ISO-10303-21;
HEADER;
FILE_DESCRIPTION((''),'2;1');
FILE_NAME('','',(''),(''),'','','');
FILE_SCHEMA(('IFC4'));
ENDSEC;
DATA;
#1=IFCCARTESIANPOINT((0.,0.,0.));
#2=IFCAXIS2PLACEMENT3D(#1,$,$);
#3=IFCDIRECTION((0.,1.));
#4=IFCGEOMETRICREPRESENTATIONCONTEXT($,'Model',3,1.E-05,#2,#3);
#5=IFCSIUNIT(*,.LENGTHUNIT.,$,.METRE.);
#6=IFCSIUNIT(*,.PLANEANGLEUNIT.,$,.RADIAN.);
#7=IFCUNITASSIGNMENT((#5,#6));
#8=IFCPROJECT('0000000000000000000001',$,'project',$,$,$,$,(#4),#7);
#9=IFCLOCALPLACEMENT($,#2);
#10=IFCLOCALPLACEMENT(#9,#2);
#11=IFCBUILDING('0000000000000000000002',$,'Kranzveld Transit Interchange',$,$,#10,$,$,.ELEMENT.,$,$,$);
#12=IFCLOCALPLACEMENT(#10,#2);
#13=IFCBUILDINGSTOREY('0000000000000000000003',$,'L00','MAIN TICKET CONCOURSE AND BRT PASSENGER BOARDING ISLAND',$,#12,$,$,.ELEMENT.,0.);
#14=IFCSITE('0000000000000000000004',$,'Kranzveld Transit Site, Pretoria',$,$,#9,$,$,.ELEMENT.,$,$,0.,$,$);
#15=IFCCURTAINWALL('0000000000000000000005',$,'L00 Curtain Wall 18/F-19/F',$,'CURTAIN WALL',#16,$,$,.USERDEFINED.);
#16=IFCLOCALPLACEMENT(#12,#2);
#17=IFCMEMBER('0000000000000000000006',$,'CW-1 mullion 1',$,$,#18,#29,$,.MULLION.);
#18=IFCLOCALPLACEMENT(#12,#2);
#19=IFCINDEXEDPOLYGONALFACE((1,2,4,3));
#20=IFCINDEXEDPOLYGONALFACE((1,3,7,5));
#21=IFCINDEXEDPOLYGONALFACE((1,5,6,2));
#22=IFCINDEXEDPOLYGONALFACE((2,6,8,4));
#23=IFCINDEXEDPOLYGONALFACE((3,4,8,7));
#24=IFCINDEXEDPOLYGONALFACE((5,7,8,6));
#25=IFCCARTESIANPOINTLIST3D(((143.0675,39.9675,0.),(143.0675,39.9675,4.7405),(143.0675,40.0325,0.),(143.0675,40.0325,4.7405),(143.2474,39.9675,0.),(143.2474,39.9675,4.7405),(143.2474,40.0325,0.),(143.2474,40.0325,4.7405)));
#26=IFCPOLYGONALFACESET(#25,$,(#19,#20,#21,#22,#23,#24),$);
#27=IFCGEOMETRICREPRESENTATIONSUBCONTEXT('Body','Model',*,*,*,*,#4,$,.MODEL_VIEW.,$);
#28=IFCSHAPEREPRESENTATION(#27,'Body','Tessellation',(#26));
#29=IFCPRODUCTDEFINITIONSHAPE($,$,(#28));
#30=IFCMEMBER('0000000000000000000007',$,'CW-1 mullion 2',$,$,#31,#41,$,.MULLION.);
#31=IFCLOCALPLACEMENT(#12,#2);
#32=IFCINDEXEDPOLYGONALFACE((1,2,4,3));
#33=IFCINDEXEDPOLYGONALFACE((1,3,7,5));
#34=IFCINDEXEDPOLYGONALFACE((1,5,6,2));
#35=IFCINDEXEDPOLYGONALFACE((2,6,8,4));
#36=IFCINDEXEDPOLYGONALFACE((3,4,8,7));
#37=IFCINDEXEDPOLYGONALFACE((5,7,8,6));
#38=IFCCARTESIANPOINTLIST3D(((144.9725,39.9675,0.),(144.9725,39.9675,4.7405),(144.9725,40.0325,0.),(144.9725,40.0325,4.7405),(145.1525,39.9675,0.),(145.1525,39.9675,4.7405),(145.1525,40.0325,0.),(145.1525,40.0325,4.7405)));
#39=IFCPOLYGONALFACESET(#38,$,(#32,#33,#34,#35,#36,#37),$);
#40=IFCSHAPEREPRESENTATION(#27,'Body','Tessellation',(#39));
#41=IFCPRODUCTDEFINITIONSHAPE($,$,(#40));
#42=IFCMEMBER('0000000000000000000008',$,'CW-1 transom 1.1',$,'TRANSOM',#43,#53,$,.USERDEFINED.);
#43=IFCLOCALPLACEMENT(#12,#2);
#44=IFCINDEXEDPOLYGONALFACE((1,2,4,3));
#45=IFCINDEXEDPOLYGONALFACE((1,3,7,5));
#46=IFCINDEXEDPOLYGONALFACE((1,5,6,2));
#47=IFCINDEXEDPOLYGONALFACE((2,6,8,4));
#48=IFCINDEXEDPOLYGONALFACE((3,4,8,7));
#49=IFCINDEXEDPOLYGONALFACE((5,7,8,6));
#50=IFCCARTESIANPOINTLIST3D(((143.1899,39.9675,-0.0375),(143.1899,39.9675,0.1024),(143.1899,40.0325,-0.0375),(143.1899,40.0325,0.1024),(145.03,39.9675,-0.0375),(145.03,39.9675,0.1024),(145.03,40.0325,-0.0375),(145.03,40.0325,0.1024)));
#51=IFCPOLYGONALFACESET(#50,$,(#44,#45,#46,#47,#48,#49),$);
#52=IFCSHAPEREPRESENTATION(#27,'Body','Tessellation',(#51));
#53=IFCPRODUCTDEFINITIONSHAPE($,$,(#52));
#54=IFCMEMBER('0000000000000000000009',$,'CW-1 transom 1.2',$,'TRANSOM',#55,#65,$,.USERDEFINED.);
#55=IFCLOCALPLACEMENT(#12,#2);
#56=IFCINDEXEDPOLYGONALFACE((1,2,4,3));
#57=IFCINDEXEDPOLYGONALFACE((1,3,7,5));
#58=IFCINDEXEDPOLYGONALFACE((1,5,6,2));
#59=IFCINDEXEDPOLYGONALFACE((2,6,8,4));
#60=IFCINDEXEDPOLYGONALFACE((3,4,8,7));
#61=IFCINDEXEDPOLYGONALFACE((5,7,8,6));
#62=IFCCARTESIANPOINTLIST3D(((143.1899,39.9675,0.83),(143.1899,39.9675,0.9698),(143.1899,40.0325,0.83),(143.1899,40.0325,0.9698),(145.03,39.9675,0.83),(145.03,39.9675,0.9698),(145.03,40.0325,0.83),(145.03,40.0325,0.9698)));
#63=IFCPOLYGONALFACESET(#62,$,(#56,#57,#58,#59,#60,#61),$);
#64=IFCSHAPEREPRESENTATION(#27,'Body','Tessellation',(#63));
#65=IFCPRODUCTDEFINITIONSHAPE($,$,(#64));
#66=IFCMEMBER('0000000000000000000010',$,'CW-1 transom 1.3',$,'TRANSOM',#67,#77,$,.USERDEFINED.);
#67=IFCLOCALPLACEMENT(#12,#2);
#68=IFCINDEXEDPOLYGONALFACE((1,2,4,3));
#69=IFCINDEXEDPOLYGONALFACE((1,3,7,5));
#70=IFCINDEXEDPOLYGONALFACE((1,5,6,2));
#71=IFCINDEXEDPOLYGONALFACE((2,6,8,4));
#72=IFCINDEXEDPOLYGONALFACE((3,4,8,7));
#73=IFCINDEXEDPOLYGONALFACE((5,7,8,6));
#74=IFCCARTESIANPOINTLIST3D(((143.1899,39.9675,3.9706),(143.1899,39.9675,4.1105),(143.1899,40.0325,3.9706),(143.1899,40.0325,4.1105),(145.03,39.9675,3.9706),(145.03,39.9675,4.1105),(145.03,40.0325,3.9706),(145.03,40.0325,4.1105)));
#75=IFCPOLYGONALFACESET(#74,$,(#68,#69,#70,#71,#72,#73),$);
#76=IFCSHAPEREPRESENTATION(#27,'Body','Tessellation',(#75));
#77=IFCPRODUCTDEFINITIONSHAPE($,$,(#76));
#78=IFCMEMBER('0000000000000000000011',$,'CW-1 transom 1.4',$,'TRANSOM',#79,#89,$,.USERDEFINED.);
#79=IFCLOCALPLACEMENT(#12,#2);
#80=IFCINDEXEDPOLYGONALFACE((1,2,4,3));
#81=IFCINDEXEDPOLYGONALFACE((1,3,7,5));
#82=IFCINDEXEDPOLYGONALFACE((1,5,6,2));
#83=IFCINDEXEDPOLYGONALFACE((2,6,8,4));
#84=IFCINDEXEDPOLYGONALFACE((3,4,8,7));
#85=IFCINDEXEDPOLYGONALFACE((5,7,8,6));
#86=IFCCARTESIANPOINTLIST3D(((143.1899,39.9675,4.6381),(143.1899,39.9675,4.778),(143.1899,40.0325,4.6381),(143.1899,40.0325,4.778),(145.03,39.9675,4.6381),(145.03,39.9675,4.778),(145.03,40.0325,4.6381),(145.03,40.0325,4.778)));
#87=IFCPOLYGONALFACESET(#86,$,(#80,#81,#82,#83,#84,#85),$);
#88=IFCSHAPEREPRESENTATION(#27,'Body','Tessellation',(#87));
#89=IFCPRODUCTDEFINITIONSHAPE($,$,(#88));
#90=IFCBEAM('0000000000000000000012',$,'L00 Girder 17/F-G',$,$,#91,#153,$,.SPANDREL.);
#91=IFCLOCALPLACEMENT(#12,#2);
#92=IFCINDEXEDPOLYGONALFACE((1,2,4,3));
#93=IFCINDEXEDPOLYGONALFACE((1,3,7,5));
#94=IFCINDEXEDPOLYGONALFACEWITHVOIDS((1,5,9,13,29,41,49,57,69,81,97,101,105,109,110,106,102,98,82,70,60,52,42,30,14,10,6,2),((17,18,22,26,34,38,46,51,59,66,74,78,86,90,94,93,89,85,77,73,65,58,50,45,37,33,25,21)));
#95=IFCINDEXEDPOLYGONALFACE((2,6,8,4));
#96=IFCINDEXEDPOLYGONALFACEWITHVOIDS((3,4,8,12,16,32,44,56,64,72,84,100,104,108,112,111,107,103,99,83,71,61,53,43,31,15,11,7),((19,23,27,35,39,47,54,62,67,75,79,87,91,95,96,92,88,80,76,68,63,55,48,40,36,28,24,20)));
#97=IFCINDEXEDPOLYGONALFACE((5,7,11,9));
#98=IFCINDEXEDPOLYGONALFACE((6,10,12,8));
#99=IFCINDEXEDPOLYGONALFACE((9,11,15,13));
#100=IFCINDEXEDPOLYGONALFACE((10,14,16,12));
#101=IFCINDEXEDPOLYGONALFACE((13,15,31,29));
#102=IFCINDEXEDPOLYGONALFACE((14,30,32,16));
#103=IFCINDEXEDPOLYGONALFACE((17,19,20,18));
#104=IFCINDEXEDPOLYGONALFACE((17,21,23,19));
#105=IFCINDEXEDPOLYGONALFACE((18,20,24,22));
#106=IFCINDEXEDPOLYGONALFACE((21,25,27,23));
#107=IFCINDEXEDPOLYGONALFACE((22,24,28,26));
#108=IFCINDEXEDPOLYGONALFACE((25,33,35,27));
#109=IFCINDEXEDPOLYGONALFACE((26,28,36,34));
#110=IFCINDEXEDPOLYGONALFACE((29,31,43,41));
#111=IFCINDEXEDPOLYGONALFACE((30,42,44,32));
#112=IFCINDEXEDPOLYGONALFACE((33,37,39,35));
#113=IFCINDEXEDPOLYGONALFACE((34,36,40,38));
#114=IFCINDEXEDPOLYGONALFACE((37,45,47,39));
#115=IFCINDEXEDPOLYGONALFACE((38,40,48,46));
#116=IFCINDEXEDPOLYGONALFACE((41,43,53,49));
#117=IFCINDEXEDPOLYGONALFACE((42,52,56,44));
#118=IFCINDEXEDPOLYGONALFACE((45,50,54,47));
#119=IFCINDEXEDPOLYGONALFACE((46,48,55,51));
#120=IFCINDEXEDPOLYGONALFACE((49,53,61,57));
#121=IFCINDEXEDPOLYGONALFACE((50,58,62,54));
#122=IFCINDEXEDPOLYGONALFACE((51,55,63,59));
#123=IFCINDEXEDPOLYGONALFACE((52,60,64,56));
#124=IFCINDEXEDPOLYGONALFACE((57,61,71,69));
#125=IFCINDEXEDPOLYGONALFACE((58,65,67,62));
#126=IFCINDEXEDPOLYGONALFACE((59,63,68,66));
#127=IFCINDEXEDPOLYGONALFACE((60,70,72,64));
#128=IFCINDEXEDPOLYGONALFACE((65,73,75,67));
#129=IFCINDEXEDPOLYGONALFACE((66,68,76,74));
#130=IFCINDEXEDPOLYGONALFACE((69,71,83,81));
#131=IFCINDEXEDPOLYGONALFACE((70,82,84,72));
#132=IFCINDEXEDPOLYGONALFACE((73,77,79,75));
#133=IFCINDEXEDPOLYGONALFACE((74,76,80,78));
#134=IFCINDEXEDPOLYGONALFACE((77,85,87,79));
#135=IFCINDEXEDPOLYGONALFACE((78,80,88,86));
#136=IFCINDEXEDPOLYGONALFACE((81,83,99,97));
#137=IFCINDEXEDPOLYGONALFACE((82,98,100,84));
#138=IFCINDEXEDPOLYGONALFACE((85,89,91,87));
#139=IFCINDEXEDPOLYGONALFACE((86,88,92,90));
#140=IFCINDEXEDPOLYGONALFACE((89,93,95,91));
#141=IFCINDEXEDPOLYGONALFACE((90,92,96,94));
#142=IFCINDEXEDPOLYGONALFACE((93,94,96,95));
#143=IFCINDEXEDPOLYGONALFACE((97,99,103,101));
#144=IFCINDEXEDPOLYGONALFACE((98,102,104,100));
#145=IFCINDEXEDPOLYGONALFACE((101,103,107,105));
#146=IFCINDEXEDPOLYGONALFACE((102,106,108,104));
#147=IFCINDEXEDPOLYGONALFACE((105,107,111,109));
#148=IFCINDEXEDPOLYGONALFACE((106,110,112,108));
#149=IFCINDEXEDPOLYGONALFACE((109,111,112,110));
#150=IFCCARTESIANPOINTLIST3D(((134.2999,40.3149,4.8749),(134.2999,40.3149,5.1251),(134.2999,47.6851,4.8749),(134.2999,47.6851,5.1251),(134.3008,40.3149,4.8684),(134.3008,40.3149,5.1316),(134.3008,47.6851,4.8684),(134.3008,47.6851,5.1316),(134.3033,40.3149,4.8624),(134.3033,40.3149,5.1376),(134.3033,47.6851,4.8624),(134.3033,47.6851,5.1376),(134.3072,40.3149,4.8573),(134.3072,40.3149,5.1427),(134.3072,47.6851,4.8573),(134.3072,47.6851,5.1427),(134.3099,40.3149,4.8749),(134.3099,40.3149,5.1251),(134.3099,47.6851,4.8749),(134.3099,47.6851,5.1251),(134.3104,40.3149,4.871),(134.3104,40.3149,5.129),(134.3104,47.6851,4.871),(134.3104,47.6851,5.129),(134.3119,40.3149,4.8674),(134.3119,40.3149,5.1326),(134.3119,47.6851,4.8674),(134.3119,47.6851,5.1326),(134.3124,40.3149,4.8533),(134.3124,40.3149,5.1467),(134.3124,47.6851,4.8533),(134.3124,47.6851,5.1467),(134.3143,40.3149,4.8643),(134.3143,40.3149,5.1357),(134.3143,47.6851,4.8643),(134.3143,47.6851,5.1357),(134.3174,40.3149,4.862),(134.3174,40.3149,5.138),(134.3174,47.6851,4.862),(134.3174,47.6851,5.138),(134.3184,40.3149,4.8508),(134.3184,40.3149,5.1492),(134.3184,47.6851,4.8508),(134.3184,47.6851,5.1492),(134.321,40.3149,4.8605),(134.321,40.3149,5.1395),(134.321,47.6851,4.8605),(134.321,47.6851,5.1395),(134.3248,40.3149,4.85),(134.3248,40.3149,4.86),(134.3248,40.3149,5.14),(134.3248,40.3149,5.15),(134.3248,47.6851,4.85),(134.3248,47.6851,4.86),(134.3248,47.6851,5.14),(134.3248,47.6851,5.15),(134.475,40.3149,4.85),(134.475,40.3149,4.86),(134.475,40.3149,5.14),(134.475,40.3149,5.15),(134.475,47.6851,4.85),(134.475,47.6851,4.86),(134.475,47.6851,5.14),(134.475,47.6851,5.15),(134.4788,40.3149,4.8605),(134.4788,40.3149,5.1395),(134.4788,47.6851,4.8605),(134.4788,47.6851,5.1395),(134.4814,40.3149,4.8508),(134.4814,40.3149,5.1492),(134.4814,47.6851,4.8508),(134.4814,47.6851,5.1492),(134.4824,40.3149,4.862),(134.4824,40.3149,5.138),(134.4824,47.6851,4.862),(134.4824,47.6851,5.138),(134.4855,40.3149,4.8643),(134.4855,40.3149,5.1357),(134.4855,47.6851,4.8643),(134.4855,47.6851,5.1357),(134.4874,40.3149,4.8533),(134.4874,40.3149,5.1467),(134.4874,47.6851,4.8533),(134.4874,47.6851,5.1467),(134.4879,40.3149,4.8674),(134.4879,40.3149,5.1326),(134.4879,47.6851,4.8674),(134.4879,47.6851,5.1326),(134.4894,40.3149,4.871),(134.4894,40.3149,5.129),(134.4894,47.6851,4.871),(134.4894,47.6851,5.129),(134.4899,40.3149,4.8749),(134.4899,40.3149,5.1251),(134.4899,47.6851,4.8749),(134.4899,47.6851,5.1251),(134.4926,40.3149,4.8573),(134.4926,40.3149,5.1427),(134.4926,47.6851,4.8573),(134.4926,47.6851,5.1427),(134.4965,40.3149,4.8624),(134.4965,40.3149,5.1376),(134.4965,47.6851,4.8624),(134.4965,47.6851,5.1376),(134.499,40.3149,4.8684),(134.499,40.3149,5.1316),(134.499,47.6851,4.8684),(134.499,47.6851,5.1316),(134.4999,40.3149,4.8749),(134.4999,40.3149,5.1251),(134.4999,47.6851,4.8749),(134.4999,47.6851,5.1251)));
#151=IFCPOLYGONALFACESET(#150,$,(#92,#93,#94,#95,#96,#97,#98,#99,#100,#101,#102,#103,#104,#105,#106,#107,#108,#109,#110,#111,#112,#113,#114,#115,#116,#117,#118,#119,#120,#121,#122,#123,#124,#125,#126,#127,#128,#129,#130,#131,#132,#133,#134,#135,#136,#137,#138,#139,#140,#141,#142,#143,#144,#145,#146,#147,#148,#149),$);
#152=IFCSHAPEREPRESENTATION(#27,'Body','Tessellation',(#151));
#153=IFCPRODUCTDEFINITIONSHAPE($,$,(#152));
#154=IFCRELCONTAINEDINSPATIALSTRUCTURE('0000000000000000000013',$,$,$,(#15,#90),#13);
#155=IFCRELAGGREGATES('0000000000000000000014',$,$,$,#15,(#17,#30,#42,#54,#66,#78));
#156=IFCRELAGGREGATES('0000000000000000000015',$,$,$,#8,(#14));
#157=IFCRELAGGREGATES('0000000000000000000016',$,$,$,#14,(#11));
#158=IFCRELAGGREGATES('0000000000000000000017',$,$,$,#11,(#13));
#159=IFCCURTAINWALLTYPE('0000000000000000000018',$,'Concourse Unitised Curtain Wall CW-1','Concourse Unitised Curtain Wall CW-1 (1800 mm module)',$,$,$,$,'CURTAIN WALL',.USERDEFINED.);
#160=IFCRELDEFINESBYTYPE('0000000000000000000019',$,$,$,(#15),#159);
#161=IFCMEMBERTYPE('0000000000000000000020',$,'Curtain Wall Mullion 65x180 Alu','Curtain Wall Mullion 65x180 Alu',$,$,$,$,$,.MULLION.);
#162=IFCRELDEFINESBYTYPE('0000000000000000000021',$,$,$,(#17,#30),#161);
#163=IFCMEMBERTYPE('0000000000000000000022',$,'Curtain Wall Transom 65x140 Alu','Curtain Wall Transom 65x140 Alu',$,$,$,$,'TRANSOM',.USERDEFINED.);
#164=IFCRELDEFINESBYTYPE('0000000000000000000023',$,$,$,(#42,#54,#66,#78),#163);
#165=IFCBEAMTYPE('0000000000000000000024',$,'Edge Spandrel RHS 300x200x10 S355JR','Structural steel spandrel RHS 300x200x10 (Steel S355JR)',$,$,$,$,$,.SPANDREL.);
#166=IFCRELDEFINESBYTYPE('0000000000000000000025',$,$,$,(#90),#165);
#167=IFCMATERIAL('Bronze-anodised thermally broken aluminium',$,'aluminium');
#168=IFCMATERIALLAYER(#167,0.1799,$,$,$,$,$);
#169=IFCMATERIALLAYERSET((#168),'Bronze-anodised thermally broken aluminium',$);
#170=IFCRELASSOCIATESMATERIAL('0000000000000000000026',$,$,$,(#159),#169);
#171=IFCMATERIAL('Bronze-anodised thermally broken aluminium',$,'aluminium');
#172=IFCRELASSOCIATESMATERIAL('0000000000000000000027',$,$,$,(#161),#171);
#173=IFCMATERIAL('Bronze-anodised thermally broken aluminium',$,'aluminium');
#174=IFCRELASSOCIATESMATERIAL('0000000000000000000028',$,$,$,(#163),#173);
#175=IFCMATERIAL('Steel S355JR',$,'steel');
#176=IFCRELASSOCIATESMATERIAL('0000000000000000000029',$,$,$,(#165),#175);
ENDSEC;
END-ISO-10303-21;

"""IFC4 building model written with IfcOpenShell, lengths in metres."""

from ifc_helpers import new_model, si_unit, direction, frame, origin, origin_2d, place, context, subcontext, project, spatial, rectangle, hollow_rectangle, extrude, material, layer, layer_set, material_profile, profile_set, type_object, element, aggregate, save


model = new_model("IFC4")

# Units and contexts
model_context = context("Model", 3, precision=1e-05, world=origin(), true_north=direction((0.0, 1.0)))
body_context = subcontext(model_context, "Body", "Model", "MODEL_VIEW")
ifc_project = project(units=[si_unit("LENGTHUNIT", "METRE"), si_unit("PLANEANGLEUNIT", "RADIAN")], contexts=[model_context])

# Site, building, storey
site_placement = place(None, origin())
site = spatial("IfcSite", under=ifc_project, at=site_placement, Name="Kranzveld Transit Site, Pretoria", CompositionType="ELEMENT", RefElevation=0.0)
building_placement = place(site_placement, origin())
building = spatial("IfcBuilding", under=site, at=building_placement, Name="Kranzveld Transit Interchange", CompositionType="ELEMENT")
storey_placement = place(building_placement, origin())
storey = spatial("IfcBuildingStorey", under=building, at=storey_placement, Name="L00", Description="MAIN TICKET CONCOURSE AND BRT PASSENGER BOARDING ISLAND", CompositionType="ELEMENT", Elevation=0.0)

# Curtain wall, members
ifc_material_1 = material(Name="Bronze-anodised thermally broken aluminium", Category="aluminium")
ifc_layer_1 = layer(ifc_material_1, 0.1799)
ifc_layer_set_1 = layer_set([ifc_layer_1], Name="Bronze-anodised thermally broken aluminium")
curtain_wall_type = type_object("IfcCurtainWallType", Name="Concourse Unitised Curtain Wall CW-1", Description="Concourse Unitised Curtain Wall CW-1 (1800 mm module)", ElementType="CURTAIN WALL", PredefinedType="USERDEFINED", material=ifc_layer_set_1)
curtain_wall_placement = place(storey_placement, origin())
curtain_wall = element("IfcCurtainWall", 1, at=curtain_wall_placement, inside=storey, type_object=curtain_wall_type, Name="L00 Curtain Wall 18/F-19/F", ObjectType="CURTAIN WALL", PredefinedType="USERDEFINED")
ifc_material_2 = material(Name="Bronze-anodised thermally broken aluminium", Category="aluminium")
ifc_material_profile_1 = material_profile(ifc_material_2, rectangle(XDim=0.0649, YDim=0.1799, at=origin_2d()), Name="ALU MULLION 65x180")
ifc_profile_set_1 = profile_set([ifc_material_profile_1], Name="Bronze-anodised thermally broken aluminium")
member_type_1 = type_object("IfcMemberType", Name="Curtain Wall Mullion 65x180 Alu", Description="Curtain Wall Mullion 65x180 Alu", PredefinedType="MULLION", material=ifc_profile_set_1)
member_1_placement = place(storey_placement, frame((143.1575, 40.0, 0.0), z_axis=(0.0, 0.0, 1.0), x_axis=(0.0, 1.0, 0.0)))
member_1 = element("IfcMember", 2, at=member_1_placement, type_object=member_type_1, Name="CW-1 mullion 1", PredefinedType="MULLION", context=body_context, shape_type="SweptSolid", body=[
    extrude(rectangle(XDim=0.0649, YDim=0.1799, at=origin_2d()), origin(), (0.0, 0.0, 1.0), 4.7405),
])
member_2_placement = place(storey_placement, frame((145.0625, 40.0, 0.0), z_axis=(0.0, 0.0, 1.0), x_axis=(0.0, 1.0, 0.0)))
member_2 = element("IfcMember", 3, at=member_2_placement, type_object=member_type_1, Name="CW-1 mullion 2", PredefinedType="MULLION", context=body_context, shape_type="SweptSolid", body=[
    extrude(rectangle(XDim=0.0649, YDim=0.1799, at=origin_2d()), origin(), (0.0, 0.0, 1.0), 4.7405),
])
ifc_material_3 = material(Name="Bronze-anodised thermally broken aluminium", Category="aluminium")
ifc_material_profile_2 = material_profile(ifc_material_3, rectangle(XDim=0.0649, YDim=0.1399, at=origin_2d()), Name="ALU TRANSOM 65x140")
ifc_profile_set_2 = profile_set([ifc_material_profile_2], Name="Bronze-anodised thermally broken aluminium")
member_type_2 = type_object("IfcMemberType", Name="Curtain Wall Transom 65x140 Alu", Description="Curtain Wall Transom 65x140 Alu", ElementType="TRANSOM", PredefinedType="USERDEFINED", material=ifc_profile_set_2)
member_3_placement = place(storey_placement, frame((143.1899, 40.0, 0.0325), z_axis=(1.0, 0.0, 0.0), x_axis=(0.0, 1.0, 0.0)))
member_3 = element("IfcMember", 4, at=member_3_placement, type_object=member_type_2, Name="CW-1 transom 1.1", ObjectType="TRANSOM", PredefinedType="USERDEFINED", context=body_context, shape_type="SweptSolid", body=[
    extrude(rectangle(XDim=0.0649, YDim=0.1399, at=origin_2d()), origin(), (0.0, 0.0, 1.0), 1.8401),
])
member_4_placement = place(storey_placement, frame((143.1899, 40.0, 0.8999), z_axis=(1.0, 0.0, 0.0), x_axis=(0.0, 1.0, 0.0)))
member_4 = element("IfcMember", 5, at=member_4_placement, type_object=member_type_2, Name="CW-1 transom 1.2", ObjectType="TRANSOM", PredefinedType="USERDEFINED", context=body_context, shape_type="SweptSolid", body=[
    extrude(rectangle(XDim=0.0649, YDim=0.1399, at=origin_2d()), origin(), (0.0, 0.0, 1.0), 1.8401),
])
member_5_placement = place(storey_placement, frame((143.1899, 40.0, 4.0405), z_axis=(1.0, 0.0, 0.0), x_axis=(0.0, 1.0, 0.0)))
member_5 = element("IfcMember", 6, at=member_5_placement, type_object=member_type_2, Name="CW-1 transom 1.3", ObjectType="TRANSOM", PredefinedType="USERDEFINED", context=body_context, shape_type="SweptSolid", body=[
    extrude(rectangle(XDim=0.0649, YDim=0.1399, at=origin_2d()), origin(), (0.0, 0.0, 1.0), 1.8401),
])
member_6_placement = place(storey_placement, frame((143.1899, 40.0, 4.708), z_axis=(1.0, 0.0, 0.0), x_axis=(0.0, 1.0, 0.0)))
member_6 = element("IfcMember", 7, at=member_6_placement, type_object=member_type_2, Name="CW-1 transom 1.4", ObjectType="TRANSOM", PredefinedType="USERDEFINED", context=body_context, shape_type="SweptSolid", body=[
    extrude(rectangle(XDim=0.0649, YDim=0.1399, at=origin_2d()), origin(), (0.0, 0.0, 1.0), 1.8401),
])

# Beam
ifc_material_4 = material(Name="Steel S355JR", Category="steel")
ifc_material_profile_3 = material_profile(ifc_material_4, hollow_rectangle(XDim=0.2, YDim=0.3, WallThickness=0.01, InnerFilletRadius=0.0149, OuterFilletRadius=0.0249, at=origin_2d()), Name="RHS 300x200x10")
ifc_profile_set_3 = profile_set([ifc_material_profile_3], Name="Steel S355JR")
beam_type_1 = type_object("IfcBeamType", Name="Edge Spandrel RHS 300x200x10 S355JR", Description="Structural steel spandrel RHS 300x200x10 (Steel S355JR)", PredefinedType="SPANDREL", material=ifc_profile_set_3)
for number, where, z_axis, x_axis, name in (
    (8, (134.3999, 40.3149, 5.0), (0.0, 1.0, 0.0), (-1.0, 0.0, 0.0), "L00 Girder 17/F-G"),
):
    element("IfcBeam", number, at=place(storey_placement, frame(where, z_axis=z_axis, x_axis=x_axis)), inside=storey, type_object=beam_type_1, Name=name, PredefinedType="SPANDREL", context=body_context, shape_type="SweptSolid", body=[
        extrude(hollow_rectangle(XDim=0.2, YDim=0.3, WallThickness=0.01, InnerFilletRadius=0.0149, OuterFilletRadius=0.0249, at=origin_2d()), origin(), (0.0, 0.0, 1.0), 7.3701),
    ])

aggregate(curtain_wall, [member_1, member_2, member_3, member_4, member_5, member_6])

save(model, "model.ifc")
